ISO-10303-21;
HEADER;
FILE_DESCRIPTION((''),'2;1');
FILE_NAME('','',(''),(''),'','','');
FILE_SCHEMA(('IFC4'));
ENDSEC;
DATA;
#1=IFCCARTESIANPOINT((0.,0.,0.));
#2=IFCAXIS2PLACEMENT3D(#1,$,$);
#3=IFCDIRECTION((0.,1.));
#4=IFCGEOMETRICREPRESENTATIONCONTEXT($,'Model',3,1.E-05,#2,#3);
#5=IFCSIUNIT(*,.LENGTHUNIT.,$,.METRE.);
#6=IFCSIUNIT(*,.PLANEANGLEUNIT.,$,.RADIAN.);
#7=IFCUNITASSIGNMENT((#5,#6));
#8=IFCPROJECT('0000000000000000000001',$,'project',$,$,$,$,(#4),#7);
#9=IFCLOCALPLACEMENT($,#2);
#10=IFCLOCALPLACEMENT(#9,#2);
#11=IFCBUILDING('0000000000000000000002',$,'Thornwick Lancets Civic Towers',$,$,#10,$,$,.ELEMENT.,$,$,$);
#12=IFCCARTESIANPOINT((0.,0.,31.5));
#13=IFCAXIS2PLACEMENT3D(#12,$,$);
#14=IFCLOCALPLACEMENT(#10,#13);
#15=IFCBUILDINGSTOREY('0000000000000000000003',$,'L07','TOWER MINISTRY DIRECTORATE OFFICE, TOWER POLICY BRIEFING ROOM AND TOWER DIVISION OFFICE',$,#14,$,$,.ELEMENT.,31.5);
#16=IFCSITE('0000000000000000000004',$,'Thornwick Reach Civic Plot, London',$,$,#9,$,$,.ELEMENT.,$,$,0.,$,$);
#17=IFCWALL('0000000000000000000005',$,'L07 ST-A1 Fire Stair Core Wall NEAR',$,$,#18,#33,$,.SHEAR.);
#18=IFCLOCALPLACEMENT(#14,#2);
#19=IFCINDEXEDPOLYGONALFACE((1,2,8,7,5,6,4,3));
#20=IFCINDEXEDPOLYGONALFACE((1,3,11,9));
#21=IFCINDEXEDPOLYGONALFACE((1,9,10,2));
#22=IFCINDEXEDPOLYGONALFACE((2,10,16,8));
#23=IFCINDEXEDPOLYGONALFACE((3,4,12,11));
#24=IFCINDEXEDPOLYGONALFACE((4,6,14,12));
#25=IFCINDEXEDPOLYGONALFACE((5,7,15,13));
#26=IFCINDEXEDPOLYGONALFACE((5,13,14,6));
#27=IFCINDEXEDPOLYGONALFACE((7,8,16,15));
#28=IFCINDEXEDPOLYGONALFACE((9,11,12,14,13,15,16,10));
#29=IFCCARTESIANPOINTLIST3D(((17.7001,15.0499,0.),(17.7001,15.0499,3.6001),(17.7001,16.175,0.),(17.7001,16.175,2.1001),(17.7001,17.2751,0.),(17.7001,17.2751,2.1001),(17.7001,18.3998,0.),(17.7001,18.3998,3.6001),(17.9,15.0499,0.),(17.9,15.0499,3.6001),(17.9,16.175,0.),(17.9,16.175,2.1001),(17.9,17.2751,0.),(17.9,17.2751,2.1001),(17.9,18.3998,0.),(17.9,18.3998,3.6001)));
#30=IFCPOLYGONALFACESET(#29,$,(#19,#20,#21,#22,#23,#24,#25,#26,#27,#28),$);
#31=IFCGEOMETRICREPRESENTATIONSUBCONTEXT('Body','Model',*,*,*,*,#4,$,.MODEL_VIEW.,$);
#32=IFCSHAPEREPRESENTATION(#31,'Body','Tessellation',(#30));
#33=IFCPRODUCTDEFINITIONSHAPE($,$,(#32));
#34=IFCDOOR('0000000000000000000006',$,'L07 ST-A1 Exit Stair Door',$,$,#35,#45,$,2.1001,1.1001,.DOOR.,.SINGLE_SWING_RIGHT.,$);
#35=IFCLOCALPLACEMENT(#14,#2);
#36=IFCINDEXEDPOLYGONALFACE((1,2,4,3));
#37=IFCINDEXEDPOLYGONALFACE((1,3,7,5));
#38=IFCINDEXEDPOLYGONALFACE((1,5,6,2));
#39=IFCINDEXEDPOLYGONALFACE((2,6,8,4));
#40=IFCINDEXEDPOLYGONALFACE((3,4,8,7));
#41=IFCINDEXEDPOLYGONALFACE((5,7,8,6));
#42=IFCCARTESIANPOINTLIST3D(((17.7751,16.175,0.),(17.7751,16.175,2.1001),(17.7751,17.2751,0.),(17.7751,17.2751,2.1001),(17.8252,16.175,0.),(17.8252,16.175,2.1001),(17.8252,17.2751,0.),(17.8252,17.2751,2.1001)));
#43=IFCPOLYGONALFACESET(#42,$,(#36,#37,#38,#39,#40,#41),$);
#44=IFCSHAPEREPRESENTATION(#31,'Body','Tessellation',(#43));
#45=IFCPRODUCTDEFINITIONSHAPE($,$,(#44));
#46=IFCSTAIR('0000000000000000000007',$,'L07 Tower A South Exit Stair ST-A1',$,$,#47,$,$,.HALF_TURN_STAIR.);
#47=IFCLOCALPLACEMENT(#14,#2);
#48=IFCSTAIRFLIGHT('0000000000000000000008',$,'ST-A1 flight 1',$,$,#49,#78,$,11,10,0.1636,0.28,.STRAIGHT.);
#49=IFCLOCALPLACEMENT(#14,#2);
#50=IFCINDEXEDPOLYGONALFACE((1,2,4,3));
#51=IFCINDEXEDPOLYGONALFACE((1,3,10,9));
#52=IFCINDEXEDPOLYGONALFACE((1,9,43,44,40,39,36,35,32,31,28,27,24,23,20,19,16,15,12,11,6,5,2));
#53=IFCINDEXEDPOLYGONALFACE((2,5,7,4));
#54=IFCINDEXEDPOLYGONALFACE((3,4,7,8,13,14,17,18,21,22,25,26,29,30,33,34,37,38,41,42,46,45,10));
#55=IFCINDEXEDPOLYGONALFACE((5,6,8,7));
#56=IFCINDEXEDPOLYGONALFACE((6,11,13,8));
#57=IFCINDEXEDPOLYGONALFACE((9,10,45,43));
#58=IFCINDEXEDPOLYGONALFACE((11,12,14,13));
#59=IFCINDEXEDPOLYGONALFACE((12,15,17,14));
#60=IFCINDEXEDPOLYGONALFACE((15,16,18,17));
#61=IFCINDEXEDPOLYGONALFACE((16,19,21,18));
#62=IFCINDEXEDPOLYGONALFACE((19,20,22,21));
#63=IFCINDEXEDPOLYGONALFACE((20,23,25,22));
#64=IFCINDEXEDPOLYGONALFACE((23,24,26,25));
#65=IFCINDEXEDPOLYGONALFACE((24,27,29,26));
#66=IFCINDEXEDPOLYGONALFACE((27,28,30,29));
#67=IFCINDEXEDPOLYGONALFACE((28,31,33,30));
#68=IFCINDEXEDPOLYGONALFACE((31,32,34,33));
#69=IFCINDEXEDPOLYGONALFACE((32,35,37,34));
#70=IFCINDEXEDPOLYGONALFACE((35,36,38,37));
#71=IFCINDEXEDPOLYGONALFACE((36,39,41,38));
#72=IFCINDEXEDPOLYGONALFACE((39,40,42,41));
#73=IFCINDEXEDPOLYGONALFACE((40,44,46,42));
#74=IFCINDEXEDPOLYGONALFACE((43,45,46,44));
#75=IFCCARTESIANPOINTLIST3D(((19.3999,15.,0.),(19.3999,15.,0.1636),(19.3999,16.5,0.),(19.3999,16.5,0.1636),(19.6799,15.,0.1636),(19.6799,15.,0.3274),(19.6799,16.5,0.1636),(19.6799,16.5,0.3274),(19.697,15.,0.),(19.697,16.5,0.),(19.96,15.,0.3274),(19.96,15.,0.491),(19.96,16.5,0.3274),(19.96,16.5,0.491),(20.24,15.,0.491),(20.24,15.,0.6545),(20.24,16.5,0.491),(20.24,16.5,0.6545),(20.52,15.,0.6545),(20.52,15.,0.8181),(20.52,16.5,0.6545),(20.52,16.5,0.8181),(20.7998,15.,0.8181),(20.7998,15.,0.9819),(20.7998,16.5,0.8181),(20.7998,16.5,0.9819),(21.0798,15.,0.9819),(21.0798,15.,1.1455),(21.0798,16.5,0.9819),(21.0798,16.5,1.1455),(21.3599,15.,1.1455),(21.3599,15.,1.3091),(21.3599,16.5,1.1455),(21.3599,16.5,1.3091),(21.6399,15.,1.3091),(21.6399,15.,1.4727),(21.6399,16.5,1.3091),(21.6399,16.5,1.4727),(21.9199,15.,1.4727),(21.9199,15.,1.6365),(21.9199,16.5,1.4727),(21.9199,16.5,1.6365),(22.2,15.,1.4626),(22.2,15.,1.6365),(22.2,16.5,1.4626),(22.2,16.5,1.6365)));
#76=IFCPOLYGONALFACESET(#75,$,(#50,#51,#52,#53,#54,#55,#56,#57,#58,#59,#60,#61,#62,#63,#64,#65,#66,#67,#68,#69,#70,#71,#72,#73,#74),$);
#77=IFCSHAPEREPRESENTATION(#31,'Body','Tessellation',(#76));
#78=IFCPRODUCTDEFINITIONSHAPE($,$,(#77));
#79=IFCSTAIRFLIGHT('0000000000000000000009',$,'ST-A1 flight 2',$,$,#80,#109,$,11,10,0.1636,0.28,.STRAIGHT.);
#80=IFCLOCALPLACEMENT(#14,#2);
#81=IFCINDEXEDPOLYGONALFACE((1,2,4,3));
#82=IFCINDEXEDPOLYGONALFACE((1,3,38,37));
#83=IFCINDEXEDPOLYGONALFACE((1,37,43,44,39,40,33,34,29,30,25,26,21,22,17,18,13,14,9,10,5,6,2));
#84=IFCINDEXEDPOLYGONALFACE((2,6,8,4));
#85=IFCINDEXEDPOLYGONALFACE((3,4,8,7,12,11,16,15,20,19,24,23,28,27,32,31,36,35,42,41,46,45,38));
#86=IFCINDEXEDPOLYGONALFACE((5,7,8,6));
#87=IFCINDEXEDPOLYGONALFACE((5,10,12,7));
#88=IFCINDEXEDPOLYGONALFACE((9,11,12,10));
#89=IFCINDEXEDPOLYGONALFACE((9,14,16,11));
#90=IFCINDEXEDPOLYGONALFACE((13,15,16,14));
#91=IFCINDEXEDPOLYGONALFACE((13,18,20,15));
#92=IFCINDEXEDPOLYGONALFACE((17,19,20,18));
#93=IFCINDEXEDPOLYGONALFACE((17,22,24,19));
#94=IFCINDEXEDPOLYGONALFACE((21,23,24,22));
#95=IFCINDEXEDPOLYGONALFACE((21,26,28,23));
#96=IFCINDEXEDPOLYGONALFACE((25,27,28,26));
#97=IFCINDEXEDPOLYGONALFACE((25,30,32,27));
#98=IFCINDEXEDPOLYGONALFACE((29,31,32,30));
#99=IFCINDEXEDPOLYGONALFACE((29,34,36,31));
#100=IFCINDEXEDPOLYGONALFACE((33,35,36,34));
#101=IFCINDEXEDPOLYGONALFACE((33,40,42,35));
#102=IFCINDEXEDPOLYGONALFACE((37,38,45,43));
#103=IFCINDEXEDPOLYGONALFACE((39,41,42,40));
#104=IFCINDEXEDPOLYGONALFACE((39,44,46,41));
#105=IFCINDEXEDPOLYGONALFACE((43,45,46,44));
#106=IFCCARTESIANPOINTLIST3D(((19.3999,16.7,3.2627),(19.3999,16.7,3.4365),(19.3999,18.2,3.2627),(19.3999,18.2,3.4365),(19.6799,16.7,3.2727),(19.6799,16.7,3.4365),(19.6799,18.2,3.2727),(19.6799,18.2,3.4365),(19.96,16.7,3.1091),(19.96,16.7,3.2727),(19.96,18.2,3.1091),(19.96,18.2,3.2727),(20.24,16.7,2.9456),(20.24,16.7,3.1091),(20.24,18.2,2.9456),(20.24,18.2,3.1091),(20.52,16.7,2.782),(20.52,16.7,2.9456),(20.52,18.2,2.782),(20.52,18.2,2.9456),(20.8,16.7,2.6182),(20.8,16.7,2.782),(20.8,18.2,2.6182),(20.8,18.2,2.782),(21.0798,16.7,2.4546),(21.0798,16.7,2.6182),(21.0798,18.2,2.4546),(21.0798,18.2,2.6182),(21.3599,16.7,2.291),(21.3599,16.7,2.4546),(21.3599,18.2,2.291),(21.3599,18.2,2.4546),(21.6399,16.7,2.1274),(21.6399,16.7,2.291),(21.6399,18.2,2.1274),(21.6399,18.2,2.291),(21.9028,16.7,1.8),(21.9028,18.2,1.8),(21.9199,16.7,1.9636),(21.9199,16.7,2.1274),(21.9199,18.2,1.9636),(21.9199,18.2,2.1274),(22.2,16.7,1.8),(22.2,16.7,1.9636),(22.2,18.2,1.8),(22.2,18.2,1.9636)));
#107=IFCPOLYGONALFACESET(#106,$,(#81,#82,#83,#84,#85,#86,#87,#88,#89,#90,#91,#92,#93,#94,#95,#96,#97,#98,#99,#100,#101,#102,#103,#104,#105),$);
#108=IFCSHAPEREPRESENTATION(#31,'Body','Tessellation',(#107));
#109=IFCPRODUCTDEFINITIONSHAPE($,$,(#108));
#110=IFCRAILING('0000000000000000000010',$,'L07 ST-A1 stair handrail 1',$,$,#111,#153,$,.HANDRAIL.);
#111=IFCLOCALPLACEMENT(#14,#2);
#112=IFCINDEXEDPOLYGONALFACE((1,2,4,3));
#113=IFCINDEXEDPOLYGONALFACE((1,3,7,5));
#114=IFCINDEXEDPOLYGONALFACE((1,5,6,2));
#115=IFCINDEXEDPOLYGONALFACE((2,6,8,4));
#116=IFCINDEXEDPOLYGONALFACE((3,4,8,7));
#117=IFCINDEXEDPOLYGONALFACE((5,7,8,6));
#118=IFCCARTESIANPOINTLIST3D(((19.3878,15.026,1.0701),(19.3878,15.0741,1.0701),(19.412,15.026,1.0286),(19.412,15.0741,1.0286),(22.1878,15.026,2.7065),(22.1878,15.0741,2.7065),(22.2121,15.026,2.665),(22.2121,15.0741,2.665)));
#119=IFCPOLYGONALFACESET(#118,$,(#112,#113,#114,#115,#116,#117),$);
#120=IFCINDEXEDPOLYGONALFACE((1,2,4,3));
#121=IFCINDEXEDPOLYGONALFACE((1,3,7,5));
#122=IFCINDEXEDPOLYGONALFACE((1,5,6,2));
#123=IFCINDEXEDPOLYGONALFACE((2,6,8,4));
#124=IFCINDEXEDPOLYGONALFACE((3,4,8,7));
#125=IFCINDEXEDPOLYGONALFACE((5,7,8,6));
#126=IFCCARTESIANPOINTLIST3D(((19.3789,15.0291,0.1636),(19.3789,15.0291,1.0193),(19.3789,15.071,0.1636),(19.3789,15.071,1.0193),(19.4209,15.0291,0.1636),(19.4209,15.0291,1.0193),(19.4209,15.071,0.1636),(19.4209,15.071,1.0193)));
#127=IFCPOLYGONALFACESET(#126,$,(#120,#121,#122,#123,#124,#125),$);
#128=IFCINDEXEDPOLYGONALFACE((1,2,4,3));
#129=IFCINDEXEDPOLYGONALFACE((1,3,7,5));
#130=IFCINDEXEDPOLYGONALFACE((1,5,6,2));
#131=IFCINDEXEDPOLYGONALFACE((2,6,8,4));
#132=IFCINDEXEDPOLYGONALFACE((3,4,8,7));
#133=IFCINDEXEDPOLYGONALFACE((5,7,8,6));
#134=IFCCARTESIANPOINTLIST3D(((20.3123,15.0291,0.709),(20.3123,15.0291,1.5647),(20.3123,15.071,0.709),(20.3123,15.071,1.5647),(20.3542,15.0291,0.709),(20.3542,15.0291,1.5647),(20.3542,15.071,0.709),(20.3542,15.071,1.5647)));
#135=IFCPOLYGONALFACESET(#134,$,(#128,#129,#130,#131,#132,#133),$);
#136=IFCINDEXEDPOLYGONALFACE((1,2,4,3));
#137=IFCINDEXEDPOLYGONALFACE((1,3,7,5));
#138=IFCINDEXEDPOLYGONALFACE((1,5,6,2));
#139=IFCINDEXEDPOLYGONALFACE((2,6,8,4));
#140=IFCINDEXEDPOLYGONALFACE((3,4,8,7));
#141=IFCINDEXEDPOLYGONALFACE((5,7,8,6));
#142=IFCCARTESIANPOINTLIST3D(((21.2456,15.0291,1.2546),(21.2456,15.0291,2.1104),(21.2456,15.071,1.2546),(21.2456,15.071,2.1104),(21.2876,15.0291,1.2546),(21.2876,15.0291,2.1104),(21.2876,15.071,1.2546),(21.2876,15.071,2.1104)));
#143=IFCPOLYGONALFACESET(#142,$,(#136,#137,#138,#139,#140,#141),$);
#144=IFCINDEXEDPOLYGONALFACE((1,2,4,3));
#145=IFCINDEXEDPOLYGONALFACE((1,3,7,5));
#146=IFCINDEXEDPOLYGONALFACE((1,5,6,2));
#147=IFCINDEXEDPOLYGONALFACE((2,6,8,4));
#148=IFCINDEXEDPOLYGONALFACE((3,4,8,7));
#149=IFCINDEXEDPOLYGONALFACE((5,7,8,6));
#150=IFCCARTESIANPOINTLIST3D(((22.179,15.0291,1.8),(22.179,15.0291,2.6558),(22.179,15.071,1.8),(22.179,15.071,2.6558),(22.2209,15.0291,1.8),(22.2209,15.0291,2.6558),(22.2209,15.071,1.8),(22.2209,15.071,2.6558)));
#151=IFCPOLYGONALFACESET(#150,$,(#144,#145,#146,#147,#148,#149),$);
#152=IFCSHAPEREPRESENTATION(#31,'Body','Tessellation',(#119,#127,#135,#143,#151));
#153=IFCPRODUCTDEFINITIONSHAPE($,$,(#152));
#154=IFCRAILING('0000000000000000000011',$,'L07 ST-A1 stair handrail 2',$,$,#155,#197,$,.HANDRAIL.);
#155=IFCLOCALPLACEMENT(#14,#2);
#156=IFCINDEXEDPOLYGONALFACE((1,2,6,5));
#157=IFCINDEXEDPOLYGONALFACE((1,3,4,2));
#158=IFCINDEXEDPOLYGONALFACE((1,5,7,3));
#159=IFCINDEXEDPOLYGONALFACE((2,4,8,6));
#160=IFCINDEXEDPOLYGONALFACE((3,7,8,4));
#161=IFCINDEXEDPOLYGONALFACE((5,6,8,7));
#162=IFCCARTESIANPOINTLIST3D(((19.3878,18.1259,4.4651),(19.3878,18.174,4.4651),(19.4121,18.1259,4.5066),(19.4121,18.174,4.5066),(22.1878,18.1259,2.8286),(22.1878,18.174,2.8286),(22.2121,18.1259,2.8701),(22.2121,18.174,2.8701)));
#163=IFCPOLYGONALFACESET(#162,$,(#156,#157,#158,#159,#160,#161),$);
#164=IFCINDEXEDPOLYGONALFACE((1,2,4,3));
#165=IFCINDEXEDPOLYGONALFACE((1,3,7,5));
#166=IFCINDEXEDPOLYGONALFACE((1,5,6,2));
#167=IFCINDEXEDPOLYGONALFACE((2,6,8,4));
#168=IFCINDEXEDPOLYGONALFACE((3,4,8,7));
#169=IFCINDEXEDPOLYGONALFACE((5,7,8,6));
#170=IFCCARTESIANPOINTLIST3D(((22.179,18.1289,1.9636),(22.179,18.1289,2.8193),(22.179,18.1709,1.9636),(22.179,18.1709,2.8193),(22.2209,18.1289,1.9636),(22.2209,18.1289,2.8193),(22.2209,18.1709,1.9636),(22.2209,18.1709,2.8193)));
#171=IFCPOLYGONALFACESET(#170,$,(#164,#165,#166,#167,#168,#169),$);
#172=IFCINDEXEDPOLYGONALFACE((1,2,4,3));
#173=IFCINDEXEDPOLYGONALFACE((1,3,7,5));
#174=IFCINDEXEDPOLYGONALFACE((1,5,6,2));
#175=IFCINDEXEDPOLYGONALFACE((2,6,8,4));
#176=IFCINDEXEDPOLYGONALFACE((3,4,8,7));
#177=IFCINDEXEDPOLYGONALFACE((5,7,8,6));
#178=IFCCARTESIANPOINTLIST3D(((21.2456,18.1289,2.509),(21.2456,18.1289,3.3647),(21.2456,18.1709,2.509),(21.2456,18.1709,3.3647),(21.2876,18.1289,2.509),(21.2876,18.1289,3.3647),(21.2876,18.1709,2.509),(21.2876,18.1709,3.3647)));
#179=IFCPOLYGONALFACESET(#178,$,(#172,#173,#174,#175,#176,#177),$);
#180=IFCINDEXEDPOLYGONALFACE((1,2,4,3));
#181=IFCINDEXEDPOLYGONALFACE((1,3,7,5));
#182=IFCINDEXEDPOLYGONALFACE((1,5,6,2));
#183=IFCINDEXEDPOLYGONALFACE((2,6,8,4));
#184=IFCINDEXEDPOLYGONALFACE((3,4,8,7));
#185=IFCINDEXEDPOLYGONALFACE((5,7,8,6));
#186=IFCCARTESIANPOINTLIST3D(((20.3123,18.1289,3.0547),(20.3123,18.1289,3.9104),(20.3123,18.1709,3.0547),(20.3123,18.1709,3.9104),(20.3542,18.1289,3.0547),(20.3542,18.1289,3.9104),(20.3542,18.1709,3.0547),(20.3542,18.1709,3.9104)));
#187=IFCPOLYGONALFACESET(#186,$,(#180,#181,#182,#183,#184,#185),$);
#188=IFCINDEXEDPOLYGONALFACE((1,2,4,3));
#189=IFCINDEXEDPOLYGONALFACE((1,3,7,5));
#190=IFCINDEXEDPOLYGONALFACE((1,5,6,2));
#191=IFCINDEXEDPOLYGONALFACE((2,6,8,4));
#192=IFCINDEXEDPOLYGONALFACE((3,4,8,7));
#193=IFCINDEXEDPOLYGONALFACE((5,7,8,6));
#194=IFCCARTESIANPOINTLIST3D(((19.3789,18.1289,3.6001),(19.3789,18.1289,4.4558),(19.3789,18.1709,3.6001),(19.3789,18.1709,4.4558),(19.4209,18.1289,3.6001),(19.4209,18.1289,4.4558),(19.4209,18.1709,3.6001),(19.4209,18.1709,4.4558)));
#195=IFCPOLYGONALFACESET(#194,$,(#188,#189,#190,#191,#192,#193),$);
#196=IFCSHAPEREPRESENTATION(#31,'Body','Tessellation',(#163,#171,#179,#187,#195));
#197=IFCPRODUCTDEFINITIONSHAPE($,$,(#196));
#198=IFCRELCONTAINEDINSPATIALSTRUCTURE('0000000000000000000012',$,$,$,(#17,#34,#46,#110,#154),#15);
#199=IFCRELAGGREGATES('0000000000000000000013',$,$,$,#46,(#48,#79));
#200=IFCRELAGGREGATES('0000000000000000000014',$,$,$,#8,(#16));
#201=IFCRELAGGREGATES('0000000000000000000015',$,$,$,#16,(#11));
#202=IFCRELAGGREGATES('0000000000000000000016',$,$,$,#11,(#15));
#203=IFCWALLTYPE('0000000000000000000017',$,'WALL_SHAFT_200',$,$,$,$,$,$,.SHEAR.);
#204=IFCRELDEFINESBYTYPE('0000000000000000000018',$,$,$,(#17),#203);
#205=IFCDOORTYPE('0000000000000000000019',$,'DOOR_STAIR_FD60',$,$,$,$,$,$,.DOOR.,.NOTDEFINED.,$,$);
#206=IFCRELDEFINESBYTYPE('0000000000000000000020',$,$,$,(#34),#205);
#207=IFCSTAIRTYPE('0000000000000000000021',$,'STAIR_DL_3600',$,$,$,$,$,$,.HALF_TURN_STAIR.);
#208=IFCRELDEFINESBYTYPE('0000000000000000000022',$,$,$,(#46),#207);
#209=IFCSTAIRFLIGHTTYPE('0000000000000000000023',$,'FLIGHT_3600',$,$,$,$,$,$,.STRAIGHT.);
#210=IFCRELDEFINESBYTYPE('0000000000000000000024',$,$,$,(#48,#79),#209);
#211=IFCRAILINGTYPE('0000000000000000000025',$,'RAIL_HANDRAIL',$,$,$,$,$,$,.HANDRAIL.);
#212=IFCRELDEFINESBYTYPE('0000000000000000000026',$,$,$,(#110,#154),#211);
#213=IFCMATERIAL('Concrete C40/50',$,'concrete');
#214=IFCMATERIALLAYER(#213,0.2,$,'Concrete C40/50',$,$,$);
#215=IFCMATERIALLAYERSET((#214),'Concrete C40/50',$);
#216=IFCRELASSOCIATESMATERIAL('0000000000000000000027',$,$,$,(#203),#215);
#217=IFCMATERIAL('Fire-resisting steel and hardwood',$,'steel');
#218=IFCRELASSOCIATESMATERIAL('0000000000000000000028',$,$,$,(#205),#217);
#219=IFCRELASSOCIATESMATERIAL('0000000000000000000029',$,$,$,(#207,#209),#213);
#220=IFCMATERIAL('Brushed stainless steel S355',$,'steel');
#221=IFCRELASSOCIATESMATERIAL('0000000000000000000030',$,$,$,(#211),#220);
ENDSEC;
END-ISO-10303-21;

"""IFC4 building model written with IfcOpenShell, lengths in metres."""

from ifc_helpers import new_model, si_unit, direction, frame, frame_2d, origin, origin_2d, place, context, subcontext, project, spatial, polyline, rectangle, outline, extrude, material, layer, layer_set, type_object, element, fill, aggregate, save


model = new_model("IFC4")

# Units and contexts
model_context = context("Model", 3, precision=1e-05, world=origin(), true_north=direction((0.0, 1.0)))
body_context = subcontext(model_context, "Body", "Model", "MODEL_VIEW")
ifc_project = project(units=[si_unit("LENGTHUNIT", "METRE"), si_unit("PLANEANGLEUNIT", "RADIAN")], contexts=[model_context])

# Site, building, storey
site_placement = place(None, origin())
site = spatial("IfcSite", under=ifc_project, at=site_placement, Name="Thornwick Reach Civic Plot, London", CompositionType="ELEMENT", RefElevation=0.0)
building_placement = place(site_placement, origin())
building = spatial("IfcBuilding", under=site, at=building_placement, Name="Thornwick Lancets Civic Towers", CompositionType="ELEMENT")
storey_placement = place(building_placement, frame((0.0, 0.0, 31.5)))
storey = spatial("IfcBuildingStorey", under=building, at=storey_placement, Name="L07", Description="TOWER MINISTRY DIRECTORATE OFFICE, TOWER POLICY BRIEFING ROOM AND TOWER DIVISION OFFICE", CompositionType="ELEMENT", Elevation=31.5)

# Wall, opening, door
ifc_material_1 = material(Name="Concrete C40/50", Category="concrete")
ifc_layer_1 = layer(ifc_material_1, 0.2, Name="Concrete C40/50")
ifc_layer_set_1 = layer_set([ifc_layer_1], Name="Concrete C40/50")
wall_type_1 = type_object("IfcWallType", Name="WALL_SHAFT_200", PredefinedType="SHEAR", material=ifc_layer_set_1)
wall_1_placement = place(storey_placement, frame((17.8, 15.05, 0.0), z_axis=(0.0, 0.0, 1.0), x_axis=(0.0, 1.0, 0.0)))
wall_1 = element("IfcWall", 1, at=wall_1_placement, inside=storey, type_object=wall_type_1, Name="L07 ST-A1 Fire Stair Core Wall NEAR", PredefinedType="SHEAR", context=body_context, shape_type="SweptSolid", body=[
    extrude(rectangle(XDim=3.3499, YDim=0.2, at=frame_2d((1.6748, 0.0))), origin(), (0.0, 0.0, 1.0), 3.6001),
])
opening_1_placement = place(wall_1_placement, frame((1.125, 0.0, 0.0)))
opening_1 = element("IfcOpeningElement", 2, at=opening_1_placement, cuts=wall_1, PredefinedType="OPENING", context=body_context, shape_type="SweptSolid", body=[
    extrude(rectangle(XDim=1.1001, YDim=2.1001, at=frame_2d((0.55, 1.05))), frame((0.0, 0.1099, 0.0), z_axis=(0.0, -1.0, 0.0), x_axis=(1.0, 0.0, 0.0)), (0.0, 0.0, 1.0), 0.22),
])
ifc_material_2 = material(Name="Fire-resisting steel and hardwood", Category="steel")
door_type_1 = type_object("IfcDoorType", Name="DOOR_STAIR_FD60", OperationType="NOTDEFINED", PredefinedType="DOOR", material=ifc_material_2)
door_1_placement = place(opening_1_placement, origin())
door_1 = element("IfcDoor", 3, at=door_1_placement, inside=storey, type_object=door_type_1, Name="L07 ST-A1 Exit Stair Door", OperationType="SINGLE_SWING_RIGHT", OverallHeight=2.1001, OverallWidth=1.1001, PredefinedType="DOOR", context=body_context, shape_type="SweptSolid", body=[
    extrude(rectangle(XDim=1.1001, YDim=2.1001, at=frame_2d((0.55, 1.05))), frame((0.0, 0.0249, 0.0), z_axis=(0.0, -1.0, 0.0), x_axis=(1.0, 0.0, 0.0)), (0.0, 0.0, 1.0), 0.05),
])
fill(opening_1, door_1)

# Stair, stair flights
stair_type = type_object("IfcStairType", Name="STAIR_DL_3600", PredefinedType="HALF_TURN_STAIR", material=ifc_material_1)
stair_placement = place(storey_placement, origin())
stair = element("IfcStair", 4, at=stair_placement, inside=storey, type_object=stair_type, Name="L07 Tower A South Exit Stair ST-A1", PredefinedType="HALF_TURN_STAIR")
stair_flight_type = type_object("IfcStairFlightType", Name="FLIGHT_3600", PredefinedType="STRAIGHT", material=ifc_material_1)
stair_flight_1_placement = place(storey_placement, frame((19.3999, 15.75, 0.0), z_axis=(0.0, 0.0, 1.0), x_axis=(1.0, 0.0, 0.0)))
stair_flight_1 = element("IfcStairFlight", 5, at=stair_flight_1_placement, type_object=stair_flight_type, Name="ST-A1 flight 1", NumberOfRisers=11, NumberOfTreads=10, PredefinedType="STRAIGHT", RiserHeight=0.1636, TreadLength=0.28, context=body_context, shape_type="SweptSolid", body=[
    extrude(outline(polyline([(0.0, 0.0), (0.0, 0.1636), (0.28, 0.1636), (0.28, 0.3274), (0.5601, 0.3274), (0.5601, 0.491), (0.8401, 0.491), (0.8401, 0.6545), (1.1201, 0.6545), (1.1201, 0.8181), (1.3999, 0.8181), (1.3999, 0.9819), (1.6799, 0.9819), (1.6799, 1.1455), (1.96, 1.1455), (1.96, 1.3091), (2.24, 1.3091), (2.24, 1.4727), (2.52, 1.4727), (2.52, 1.6365), (2.8, 1.6365), (2.8, 1.8), (2.8, 1.4626), (0.2971, 0.0), (0.0, 0.0)])), frame((0.0, 0.75, 0.0), z_axis=(0.0, -1.0, 0.0), x_axis=(1.0, 0.0, 0.0)), (0.0, 0.0, 1.0), 1.5),
])
stair_flight_2_placement = place(storey_placement, frame((22.2, 17.45, 1.8), z_axis=(0.0, 0.0, 1.0), x_axis=(-1.0, 0.0, 0.0)))
stair_flight_2 = element("IfcStairFlight", 6, at=stair_flight_2_placement, type_object=stair_flight_type, Name="ST-A1 flight 2", NumberOfRisers=11, NumberOfTreads=10, PredefinedType="STRAIGHT", RiserHeight=0.1636, TreadLength=0.28, context=body_context, shape_type="SweptSolid", body=[
    extrude(outline(polyline([(0.0, 0.0), (0.0, 0.1636), (0.28, 0.1636), (0.28, 0.3274), (0.5601, 0.3274), (0.5601, 0.491), (0.8401, 0.491), (0.8401, 0.6545), (1.1201, 0.6545), (1.1201, 0.8181), (1.3999, 0.8181), (1.3999, 0.9819), (1.6799, 0.9819), (1.6799, 1.1455), (1.96, 1.1455), (1.96, 1.3091), (2.24, 1.3091), (2.24, 1.4727), (2.52, 1.4727), (2.52, 1.6365), (2.8, 1.6365), (2.8, 1.8), (2.8, 1.4626), (0.2971, 0.0), (0.0, 0.0)])), frame((0.0, 0.75, 0.0), z_axis=(0.0, -1.0, 0.0), x_axis=(1.0, 0.0, 0.0)), (0.0, 0.0, 1.0), 1.5),
])
aggregate(stair, [stair_flight_1, stair_flight_2])

# Railings
ifc_material_3 = material(Name="Brushed stainless steel S355", Category="steel")
railing_type_1 = type_object("IfcRailingType", Name="RAIL_HANDRAIL", PredefinedType="HANDRAIL", material=ifc_material_3)
railing_1_placement = place(storey_placement, frame((19.3999, 15.05, 0.1636)))
element("IfcRailing", 7, at=railing_1_placement, inside=storey, type_object=railing_type_1, Name="L07 ST-A1 stair handrail 1", PredefinedType="HANDRAIL", context=body_context, shape_type="SweptSolid", body=[
    extrude(rectangle(XDim=0.0481, YDim=0.0481, at=origin_2d()), frame((0.0, 0.0, 0.8857), z_axis=(0.863361, 0.0, 0.504587), x_axis=(0.0, 1.0, 0.0)), (0.0, 0.0, 1.0), 3.2432),
    extrude(rectangle(XDim=0.042, YDim=0.042, at=origin_2d()), origin(), (0.0, 0.0, 1.0), 0.8557),
    extrude(rectangle(XDim=0.042, YDim=0.042, at=origin_2d()), frame((0.9333, 0.0, 0.5454)), (0.0, 0.0, 1.0), 0.8557),
    extrude(rectangle(XDim=0.042, YDim=0.042, at=origin_2d()), frame((1.8667, 0.0, 1.0911)), (0.0, 0.0, 1.0), 0.8557),
    extrude(rectangle(XDim=0.042, YDim=0.042, at=origin_2d()), frame((2.8, 0.0, 1.6365)), (0.0, 0.0, 1.0), 0.8557),
])
railing_2_placement = place(storey_placement, frame((22.2, 18.1499, 1.9636)))
element("IfcRailing", 8, at=railing_2_placement, inside=storey, type_object=railing_type_1, Name="L07 ST-A1 stair handrail 2", PredefinedType="HANDRAIL", context=body_context, shape_type="SweptSolid", body=[
    extrude(rectangle(XDim=0.0481, YDim=0.0481, at=origin_2d()), frame((0.0, 0.0, 0.8857), z_axis=(-0.863361, 0.0, 0.504587), x_axis=(0.0, -1.0, 0.0)), (0.0, 0.0, 1.0), 3.2432),
    extrude(rectangle(XDim=0.042, YDim=0.042, at=origin_2d()), origin(), (0.0, 0.0, 1.0), 0.8557),
    extrude(rectangle(XDim=0.042, YDim=0.042, at=origin_2d()), frame((-0.9333, 0.0, 0.5454)), (0.0, 0.0, 1.0), 0.8557),
    extrude(rectangle(XDim=0.042, YDim=0.042, at=origin_2d()), frame((-1.8667, 0.0, 1.0911)), (0.0, 0.0, 1.0), 0.8557),
    extrude(rectangle(XDim=0.042, YDim=0.042, at=origin_2d()), frame((-2.8, 0.0, 1.6365)), (0.0, 0.0, 1.0), 0.8557),
])

save(model, "model.ifc")
